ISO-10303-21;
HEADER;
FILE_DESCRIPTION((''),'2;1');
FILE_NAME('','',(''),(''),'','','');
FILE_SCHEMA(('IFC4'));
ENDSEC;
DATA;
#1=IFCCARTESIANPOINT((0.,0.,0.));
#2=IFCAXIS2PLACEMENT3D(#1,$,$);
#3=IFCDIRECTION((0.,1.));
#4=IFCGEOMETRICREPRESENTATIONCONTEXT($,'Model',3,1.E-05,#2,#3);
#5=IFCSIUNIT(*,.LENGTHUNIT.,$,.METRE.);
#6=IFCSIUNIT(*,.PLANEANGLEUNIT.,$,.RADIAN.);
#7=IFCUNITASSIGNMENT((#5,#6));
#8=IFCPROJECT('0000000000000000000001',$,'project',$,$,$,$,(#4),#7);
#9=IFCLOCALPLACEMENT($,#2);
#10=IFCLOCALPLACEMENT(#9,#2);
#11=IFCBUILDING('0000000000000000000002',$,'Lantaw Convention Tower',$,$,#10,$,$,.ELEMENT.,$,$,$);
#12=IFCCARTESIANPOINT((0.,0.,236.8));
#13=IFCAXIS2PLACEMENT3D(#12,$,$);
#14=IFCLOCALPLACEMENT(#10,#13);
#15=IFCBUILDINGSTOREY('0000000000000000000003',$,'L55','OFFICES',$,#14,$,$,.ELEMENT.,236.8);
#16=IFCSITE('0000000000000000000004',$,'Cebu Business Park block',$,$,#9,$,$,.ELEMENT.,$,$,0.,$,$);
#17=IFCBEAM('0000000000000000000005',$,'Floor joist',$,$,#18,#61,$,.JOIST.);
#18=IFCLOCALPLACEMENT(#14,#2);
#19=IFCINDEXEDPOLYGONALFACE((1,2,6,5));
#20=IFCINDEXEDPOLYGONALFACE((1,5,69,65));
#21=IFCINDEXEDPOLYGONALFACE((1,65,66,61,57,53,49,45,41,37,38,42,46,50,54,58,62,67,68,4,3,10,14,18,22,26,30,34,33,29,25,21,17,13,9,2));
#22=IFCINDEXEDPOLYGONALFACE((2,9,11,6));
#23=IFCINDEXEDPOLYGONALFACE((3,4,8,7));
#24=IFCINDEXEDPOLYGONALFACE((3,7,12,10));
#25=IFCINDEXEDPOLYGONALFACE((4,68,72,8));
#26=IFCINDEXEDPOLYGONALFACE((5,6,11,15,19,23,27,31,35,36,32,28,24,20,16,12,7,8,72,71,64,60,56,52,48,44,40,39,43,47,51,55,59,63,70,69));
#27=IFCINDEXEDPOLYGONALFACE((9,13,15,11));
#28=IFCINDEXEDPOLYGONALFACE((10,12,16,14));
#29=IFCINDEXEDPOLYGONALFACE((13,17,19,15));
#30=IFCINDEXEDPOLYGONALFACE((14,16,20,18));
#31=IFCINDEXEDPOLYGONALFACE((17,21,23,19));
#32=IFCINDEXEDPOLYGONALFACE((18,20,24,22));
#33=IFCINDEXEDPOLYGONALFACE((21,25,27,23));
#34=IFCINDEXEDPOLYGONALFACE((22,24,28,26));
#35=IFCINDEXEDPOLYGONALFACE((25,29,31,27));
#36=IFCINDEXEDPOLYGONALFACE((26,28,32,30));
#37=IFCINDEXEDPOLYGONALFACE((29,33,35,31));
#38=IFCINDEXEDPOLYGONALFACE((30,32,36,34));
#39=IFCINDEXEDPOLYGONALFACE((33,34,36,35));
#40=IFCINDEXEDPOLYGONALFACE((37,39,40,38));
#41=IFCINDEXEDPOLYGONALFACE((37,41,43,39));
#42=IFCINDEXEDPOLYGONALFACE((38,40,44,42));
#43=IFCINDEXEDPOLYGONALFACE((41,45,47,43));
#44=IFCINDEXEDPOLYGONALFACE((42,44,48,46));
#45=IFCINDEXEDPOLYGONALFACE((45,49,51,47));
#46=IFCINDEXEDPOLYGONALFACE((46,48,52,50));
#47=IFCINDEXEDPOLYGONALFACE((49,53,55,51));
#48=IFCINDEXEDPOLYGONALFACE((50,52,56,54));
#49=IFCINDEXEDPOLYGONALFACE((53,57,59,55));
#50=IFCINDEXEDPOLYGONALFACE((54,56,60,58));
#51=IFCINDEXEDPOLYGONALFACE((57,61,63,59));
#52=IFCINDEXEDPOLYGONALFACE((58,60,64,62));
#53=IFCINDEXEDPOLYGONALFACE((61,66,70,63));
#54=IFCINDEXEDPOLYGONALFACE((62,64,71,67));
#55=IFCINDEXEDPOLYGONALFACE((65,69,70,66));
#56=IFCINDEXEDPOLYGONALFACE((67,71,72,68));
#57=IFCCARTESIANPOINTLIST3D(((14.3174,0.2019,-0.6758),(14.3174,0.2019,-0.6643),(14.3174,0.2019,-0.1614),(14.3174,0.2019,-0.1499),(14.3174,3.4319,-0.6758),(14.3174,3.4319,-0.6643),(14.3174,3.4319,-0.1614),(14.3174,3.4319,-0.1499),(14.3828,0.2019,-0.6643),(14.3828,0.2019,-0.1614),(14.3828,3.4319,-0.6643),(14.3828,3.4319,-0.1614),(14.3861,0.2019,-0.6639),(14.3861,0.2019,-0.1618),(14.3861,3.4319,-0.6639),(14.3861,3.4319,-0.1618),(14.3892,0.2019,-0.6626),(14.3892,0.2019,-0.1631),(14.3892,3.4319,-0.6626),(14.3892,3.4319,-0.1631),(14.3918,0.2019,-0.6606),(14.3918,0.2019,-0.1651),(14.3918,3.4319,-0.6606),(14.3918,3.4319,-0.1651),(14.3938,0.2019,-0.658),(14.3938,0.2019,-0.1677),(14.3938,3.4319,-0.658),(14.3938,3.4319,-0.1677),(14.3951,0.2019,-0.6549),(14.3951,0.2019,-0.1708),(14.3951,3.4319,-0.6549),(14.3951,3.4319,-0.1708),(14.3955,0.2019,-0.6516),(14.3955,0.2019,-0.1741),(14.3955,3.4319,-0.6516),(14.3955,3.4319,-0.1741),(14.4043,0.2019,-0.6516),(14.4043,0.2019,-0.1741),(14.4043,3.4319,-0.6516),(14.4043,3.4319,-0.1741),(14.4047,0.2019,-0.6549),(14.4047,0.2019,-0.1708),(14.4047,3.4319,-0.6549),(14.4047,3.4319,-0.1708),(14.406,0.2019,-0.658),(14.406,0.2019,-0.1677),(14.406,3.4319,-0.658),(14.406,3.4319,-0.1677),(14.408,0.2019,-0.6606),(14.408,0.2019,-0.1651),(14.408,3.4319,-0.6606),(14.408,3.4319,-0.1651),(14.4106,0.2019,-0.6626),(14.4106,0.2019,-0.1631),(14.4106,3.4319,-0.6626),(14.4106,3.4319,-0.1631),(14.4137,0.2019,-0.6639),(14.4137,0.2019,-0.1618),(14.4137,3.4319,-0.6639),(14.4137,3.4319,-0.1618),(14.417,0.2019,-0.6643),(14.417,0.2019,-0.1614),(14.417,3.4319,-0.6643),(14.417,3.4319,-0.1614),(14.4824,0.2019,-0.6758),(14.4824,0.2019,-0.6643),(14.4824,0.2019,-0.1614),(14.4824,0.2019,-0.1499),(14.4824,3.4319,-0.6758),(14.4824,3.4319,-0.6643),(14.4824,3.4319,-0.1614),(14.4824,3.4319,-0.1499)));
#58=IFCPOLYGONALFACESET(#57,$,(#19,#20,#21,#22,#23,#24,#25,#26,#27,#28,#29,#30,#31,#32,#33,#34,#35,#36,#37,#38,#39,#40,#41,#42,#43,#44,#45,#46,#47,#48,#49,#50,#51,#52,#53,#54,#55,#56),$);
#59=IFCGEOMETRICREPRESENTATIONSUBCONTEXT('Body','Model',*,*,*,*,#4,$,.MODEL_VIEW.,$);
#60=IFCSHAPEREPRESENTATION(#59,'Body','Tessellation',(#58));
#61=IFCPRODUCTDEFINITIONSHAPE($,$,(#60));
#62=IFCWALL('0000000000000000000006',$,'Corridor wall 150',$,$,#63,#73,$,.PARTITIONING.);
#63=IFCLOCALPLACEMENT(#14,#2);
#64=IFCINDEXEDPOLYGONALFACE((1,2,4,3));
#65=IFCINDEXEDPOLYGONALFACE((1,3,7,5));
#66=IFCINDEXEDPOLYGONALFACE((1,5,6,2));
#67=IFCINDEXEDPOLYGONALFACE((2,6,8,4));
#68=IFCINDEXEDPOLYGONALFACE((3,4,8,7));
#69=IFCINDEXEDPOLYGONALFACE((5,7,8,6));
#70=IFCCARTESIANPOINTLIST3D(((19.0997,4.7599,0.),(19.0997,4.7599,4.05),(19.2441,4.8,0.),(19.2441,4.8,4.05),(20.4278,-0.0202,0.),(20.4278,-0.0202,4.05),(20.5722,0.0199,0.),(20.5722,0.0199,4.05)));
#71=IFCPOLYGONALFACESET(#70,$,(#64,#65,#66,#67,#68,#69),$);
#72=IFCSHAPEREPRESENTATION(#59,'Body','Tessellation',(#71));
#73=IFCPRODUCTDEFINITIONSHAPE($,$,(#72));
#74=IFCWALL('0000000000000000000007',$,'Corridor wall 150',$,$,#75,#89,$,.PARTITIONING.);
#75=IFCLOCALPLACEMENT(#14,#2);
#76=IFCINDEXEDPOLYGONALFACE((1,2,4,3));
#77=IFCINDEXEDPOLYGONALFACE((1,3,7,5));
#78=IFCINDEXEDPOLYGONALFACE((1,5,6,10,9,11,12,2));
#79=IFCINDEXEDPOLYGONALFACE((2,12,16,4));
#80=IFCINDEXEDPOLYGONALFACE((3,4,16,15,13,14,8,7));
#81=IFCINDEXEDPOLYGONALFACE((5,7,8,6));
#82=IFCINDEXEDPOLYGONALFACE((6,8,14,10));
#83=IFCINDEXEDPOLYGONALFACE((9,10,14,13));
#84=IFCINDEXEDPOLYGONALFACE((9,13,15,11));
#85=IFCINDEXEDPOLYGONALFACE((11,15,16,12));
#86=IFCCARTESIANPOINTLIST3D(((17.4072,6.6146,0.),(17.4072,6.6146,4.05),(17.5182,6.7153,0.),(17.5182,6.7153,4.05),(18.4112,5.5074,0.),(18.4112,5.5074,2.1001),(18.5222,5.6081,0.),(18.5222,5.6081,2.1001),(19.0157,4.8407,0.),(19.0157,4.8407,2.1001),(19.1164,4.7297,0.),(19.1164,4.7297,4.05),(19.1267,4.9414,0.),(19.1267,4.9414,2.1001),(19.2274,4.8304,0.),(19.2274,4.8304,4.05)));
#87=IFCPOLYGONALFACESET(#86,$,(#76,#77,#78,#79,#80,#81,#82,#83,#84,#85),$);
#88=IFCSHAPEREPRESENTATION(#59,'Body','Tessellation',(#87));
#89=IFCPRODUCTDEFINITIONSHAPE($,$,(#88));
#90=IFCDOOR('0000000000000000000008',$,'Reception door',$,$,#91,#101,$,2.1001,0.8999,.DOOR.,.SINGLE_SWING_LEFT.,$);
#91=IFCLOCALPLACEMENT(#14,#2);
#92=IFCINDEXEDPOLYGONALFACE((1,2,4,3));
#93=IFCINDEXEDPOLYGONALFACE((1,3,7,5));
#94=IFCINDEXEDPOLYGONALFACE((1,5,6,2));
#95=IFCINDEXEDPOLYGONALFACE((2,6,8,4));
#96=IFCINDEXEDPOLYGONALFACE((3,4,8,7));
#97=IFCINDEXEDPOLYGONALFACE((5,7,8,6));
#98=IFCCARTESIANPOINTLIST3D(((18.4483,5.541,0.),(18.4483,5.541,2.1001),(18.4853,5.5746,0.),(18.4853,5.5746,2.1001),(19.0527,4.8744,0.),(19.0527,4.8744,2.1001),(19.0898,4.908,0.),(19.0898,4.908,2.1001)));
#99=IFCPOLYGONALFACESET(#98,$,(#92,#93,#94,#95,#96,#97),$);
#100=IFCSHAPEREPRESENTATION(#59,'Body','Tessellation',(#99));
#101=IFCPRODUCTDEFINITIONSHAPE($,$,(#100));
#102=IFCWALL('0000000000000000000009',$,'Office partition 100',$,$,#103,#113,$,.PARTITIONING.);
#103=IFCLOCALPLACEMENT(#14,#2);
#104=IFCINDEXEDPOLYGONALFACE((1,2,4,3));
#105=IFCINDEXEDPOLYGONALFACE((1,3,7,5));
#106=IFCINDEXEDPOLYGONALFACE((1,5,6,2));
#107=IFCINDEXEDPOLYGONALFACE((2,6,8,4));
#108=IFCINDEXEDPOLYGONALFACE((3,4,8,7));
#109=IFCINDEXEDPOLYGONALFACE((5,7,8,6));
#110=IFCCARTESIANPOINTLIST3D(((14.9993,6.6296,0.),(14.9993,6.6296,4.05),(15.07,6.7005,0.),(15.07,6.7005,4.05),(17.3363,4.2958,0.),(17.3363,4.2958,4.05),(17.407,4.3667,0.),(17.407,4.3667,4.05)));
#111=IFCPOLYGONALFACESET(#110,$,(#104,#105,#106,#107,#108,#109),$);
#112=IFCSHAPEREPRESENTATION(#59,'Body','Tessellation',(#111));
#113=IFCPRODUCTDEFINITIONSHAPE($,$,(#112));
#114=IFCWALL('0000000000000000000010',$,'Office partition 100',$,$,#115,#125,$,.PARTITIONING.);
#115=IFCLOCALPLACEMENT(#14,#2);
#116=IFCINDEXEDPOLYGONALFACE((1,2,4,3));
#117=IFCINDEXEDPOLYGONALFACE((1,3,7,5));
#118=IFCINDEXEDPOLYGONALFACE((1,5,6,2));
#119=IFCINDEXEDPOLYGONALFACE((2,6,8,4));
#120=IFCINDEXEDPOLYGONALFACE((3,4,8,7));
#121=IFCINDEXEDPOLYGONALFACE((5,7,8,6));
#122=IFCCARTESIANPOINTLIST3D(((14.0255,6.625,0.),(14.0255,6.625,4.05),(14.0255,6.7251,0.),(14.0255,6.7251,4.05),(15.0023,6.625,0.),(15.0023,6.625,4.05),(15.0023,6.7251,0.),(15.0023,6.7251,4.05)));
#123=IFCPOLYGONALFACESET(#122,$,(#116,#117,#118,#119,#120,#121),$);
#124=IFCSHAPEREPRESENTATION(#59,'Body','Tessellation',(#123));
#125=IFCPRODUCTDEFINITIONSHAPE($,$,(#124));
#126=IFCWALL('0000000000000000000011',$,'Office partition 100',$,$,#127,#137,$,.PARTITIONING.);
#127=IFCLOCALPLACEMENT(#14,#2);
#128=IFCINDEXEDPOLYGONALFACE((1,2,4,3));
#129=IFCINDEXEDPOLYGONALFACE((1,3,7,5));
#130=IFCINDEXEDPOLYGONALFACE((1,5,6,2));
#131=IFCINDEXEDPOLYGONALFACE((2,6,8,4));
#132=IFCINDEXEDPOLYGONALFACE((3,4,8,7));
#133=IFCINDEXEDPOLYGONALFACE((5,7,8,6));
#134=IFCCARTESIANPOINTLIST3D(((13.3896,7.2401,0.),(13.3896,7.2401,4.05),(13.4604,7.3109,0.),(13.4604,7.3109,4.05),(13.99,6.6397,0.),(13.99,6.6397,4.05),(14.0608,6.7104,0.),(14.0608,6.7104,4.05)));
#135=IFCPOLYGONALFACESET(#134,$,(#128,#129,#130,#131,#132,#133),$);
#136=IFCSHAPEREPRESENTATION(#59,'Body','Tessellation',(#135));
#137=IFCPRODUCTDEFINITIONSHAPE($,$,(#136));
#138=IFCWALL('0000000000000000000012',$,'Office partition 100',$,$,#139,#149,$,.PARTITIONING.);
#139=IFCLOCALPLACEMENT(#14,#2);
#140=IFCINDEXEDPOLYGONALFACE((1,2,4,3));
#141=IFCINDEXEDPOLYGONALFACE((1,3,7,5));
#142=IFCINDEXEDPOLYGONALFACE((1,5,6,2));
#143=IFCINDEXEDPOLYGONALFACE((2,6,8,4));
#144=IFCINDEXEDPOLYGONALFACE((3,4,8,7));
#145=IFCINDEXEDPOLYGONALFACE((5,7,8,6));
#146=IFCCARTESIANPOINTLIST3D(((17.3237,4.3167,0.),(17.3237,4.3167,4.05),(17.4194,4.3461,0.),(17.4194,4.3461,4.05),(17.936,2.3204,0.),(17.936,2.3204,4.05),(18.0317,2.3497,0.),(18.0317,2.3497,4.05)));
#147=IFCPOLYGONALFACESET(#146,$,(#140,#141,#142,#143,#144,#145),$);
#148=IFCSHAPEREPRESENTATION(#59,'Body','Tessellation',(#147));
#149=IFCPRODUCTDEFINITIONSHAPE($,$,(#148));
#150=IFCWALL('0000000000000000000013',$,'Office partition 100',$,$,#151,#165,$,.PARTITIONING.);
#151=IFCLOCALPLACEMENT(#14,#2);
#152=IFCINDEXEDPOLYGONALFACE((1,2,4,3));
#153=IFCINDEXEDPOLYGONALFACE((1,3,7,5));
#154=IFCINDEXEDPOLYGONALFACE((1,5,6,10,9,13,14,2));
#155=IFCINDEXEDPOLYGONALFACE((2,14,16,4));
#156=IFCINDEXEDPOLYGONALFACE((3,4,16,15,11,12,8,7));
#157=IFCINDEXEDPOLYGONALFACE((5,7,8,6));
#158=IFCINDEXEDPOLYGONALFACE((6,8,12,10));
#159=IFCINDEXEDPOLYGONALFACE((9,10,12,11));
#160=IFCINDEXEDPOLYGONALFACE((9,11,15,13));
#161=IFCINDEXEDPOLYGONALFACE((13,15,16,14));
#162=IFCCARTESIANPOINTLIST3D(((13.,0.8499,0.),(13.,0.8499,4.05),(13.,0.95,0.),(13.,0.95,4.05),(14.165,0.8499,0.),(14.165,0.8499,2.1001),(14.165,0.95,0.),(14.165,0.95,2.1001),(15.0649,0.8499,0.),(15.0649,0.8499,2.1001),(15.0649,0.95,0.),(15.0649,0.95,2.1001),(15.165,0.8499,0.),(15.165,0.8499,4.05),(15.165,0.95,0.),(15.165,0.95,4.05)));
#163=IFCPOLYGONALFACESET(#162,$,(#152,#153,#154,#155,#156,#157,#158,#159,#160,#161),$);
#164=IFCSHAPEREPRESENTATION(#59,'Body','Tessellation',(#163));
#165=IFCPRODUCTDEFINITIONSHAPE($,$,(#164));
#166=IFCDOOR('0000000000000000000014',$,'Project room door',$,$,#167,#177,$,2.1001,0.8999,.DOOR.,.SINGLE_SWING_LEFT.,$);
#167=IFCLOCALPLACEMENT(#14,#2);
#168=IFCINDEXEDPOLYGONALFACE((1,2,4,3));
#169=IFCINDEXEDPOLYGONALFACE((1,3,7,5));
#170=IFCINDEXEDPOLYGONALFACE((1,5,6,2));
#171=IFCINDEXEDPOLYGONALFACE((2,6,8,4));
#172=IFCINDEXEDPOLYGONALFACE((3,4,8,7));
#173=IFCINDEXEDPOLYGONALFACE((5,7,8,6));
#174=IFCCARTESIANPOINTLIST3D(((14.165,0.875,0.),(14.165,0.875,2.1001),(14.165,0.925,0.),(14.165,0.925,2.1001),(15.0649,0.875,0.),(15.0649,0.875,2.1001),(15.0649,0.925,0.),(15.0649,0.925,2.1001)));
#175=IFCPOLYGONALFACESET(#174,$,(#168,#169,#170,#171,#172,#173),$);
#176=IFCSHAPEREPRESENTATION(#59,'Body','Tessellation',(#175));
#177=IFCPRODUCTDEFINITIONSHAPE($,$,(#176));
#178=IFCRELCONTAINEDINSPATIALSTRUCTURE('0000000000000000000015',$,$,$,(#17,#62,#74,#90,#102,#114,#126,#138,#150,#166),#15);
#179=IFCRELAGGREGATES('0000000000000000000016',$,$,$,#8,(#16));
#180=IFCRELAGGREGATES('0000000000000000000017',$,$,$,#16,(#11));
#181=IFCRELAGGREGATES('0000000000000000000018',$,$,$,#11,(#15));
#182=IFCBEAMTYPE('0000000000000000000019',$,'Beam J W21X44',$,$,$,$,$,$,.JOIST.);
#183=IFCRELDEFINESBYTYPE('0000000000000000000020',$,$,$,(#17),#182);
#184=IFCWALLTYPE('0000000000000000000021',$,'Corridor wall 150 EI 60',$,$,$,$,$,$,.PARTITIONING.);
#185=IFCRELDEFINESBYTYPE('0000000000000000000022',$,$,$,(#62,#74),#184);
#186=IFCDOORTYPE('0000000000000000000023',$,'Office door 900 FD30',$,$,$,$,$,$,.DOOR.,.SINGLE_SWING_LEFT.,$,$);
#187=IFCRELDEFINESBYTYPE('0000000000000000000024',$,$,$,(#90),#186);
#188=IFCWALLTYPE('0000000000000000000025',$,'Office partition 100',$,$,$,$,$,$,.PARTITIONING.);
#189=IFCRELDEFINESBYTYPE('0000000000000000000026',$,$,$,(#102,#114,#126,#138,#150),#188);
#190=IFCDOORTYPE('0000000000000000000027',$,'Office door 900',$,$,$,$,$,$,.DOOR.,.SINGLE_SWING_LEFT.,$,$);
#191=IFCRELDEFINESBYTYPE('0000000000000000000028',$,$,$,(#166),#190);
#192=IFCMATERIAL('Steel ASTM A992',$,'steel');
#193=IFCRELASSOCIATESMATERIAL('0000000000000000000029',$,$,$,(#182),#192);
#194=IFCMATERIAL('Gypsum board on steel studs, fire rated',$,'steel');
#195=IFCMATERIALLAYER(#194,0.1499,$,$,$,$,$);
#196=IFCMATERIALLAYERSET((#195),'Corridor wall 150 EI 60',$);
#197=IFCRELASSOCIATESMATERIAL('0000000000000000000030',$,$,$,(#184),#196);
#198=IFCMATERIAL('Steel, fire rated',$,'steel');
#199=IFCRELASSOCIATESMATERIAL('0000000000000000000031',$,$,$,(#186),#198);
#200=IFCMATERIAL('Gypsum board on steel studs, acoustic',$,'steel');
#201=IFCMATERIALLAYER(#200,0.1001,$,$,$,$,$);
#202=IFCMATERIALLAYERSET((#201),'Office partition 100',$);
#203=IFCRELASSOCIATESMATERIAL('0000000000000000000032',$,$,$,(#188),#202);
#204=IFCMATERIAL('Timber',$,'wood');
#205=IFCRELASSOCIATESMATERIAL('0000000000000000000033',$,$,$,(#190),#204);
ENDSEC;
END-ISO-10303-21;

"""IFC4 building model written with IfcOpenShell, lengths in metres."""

from ifc_helpers import new_model, si_unit, direction, frame, frame_2d, origin, origin_2d, place, context, subcontext, project, spatial, rectangle, i_section, extrude, material, layer, layer_set, material_profile, profile_set, type_object, element, fill, save


model = new_model("IFC4")

# Units and contexts
model_context = context("Model", 3, precision=1e-05, world=origin(), true_north=direction((0.0, 1.0)))
body_context = subcontext(model_context, "Body", "Model", "MODEL_VIEW")
ifc_project = project(units=[si_unit("LENGTHUNIT", "METRE"), si_unit("PLANEANGLEUNIT", "RADIAN")], contexts=[model_context])

# Site, building, storey
site_placement = place(None, origin())
site = spatial("IfcSite", under=ifc_project, at=site_placement, Name="Cebu Business Park block", CompositionType="ELEMENT", RefElevation=0.0)
building_placement = place(site_placement, origin())
building = spatial("IfcBuilding", under=site, at=building_placement, Name="Lantaw Convention Tower", CompositionType="ELEMENT")
storey_placement = place(building_placement, frame((0.0, 0.0, 236.8)))
storey = spatial("IfcBuildingStorey", under=building, at=storey_placement, Name="L55", Description="OFFICES", CompositionType="ELEMENT", Elevation=236.8)

# Beam
ifc_material_1 = material(Name="Steel ASTM A992", Category="steel")
ifc_material_profile_1 = material_profile(ifc_material_1, i_section(OverallWidth=0.165, OverallDepth=0.5259, WebThickness=0.0088, FlangeThickness=0.0115, FilletRadius=0.0127, at=origin_2d()), Name="W21X44")
ifc_profile_set_1 = profile_set([ifc_material_profile_1], Name="Steel ASTM A992")
beam_type_1 = type_object("IfcBeamType", Name="Beam J W21X44", PredefinedType="JOIST", material=ifc_profile_set_1)
beam_1_placement = place(storey_placement, frame((14.3999, 0.2019, -0.4128), z_axis=(0.0, 1.0, 0.0), x_axis=(-1.0, 0.0, 0.0)))
element("IfcBeam", 1, at=beam_1_placement, inside=storey, type_object=beam_type_1, Name="Floor joist", PredefinedType="JOIST", context=body_context, shape_type="SweptSolid", body=[
    extrude(i_section(OverallWidth=0.165, OverallDepth=0.5259, WebThickness=0.0088, FlangeThickness=0.0115, FilletRadius=0.0127, at=origin_2d()), origin(), (0.0, 0.0, 1.0), 3.23),
])

# Wall
ifc_material_2 = material(Name="Gypsum board on steel studs, fire rated", Category="steel")
ifc_layer_1 = layer(ifc_material_2, 0.1499)
ifc_layer_set_1 = layer_set([ifc_layer_1], Name="Corridor wall 150 EI 60")
wall_type_1 = type_object("IfcWallType", Name="Corridor wall 150 EI 60", PredefinedType="PARTITIONING", material=ifc_layer_set_1)
wall_1_placement = place(storey_placement, frame((20.5, 0.0, 0.0), z_axis=(0.0, 0.0, 1.0), x_axis=(-0.267707, 0.9635, 0.0)))
element("IfcWall", 2, at=wall_1_placement, inside=storey, type_object=wall_type_1, Name="Corridor wall 150", PredefinedType="PARTITIONING", context=body_context, shape_type="SweptSolid", body=[
    extrude(rectangle(XDim=4.9612, YDim=0.1499, at=frame_2d((2.4805, 0.0))), origin(), (0.0, 0.0, 1.0), 4.05),
])

# Wall, opening, door
wall_2_placement = place(storey_placement, frame((19.1719, 4.78, 0.0), z_axis=(0.0, 0.0, 1.0), x_axis=(-0.671722, 0.740803, 0.0)))
wall_2 = element("IfcWall", 3, at=wall_2_placement, inside=storey, type_object=wall_type_1, Name="Corridor wall 150", PredefinedType="PARTITIONING", context=body_context, shape_type="SweptSolid", body=[
    extrude(rectangle(XDim=2.5444, YDim=0.1499, at=frame_2d((1.2722, 0.0))), origin(), (0.0, 0.0, 1.0), 4.05),
])
opening_1_placement = place(wall_2_placement, frame((0.1499, 0.0, 0.0)))
opening_1 = element("IfcOpeningElement", 4, at=opening_1_placement, cuts=wall_2, PredefinedType="OPENING", context=body_context, shape_type="SweptSolid", body=[
    extrude(rectangle(XDim=0.8999, YDim=2.1001, at=frame_2d((0.45, 1.05))), frame((0.0, 0.085, 0.0), z_axis=(0.0, -1.0, 0.0), x_axis=(1.0, 0.0, 0.0)), (0.0, 0.0, 1.0), 0.1699),
])
ifc_material_3 = material(Name="Steel, fire rated", Category="steel")
door_type_1 = type_object("IfcDoorType", Name="Office door 900 FD30", OperationType="SINGLE_SWING_LEFT", PredefinedType="DOOR", material=ifc_material_3)
door_1_placement = place(opening_1_placement, origin())
door_1 = element("IfcDoor", 5, at=door_1_placement, inside=storey, type_object=door_type_1, Name="Reception door", OperationType="SINGLE_SWING_LEFT", OverallHeight=2.1001, OverallWidth=0.8999, PredefinedType="DOOR", context=body_context, shape_type="SweptSolid", body=[
    extrude(rectangle(XDim=0.8999, YDim=2.1001, at=frame_2d((0.45, 1.05))), frame((0.0, 0.0249, 0.0), z_axis=(0.0, -1.0, 0.0), x_axis=(1.0, 0.0, 0.0)), (0.0, 0.0, 1.0), 0.05),
])
fill(opening_1, door_1)

# Walls
ifc_material_4 = material(Name="Gypsum board on steel studs, acoustic", Category="steel")
ifc_layer_2 = layer(ifc_material_4, 0.1001)
ifc_layer_set_2 = layer_set([ifc_layer_2], Name="Office partition 100")
wall_type_2 = type_object("IfcWallType", Name="Office partition 100", PredefinedType="PARTITIONING", material=ifc_layer_set_2)
wall_3_placement = place(storey_placement, frame((15.0347, 6.665, 0.0), z_axis=(0.0, 0.0, 1.0), x_axis=(0.707587, -0.706626, 0.0)))
element("IfcWall", 6, at=wall_3_placement, inside=storey, type_object=wall_type_2, Name="Office partition 100", PredefinedType="PARTITIONING", context=body_context, shape_type="SweptSolid", body=[
    extrude(rectangle(XDim=3.3027, YDim=0.1001, at=frame_2d((1.6514, 0.0))), origin(), (0.0, 0.0, 1.0), 4.05),
])
wall_4_placement = place(storey_placement, frame((15.0022, 6.675, 0.0), z_axis=(0.0, 0.0, 1.0), x_axis=(-1.0, 0.0, 0.0)))
element("IfcWall", 7, at=wall_4_placement, inside=storey, type_object=wall_type_2, Name="Office partition 100", PredefinedType="PARTITIONING", context=body_context, shape_type="SweptSolid", body=[
    extrude(rectangle(XDim=0.9768, YDim=0.1001, at=frame_2d((0.4883, 0.0))), origin(), (0.0, 0.0, 1.0), 4.05),
])
wall_5_placement = place(storey_placement, frame((14.0254, 6.675, 0.0), z_axis=(0.0, 0.0, 1.0), x_axis=(-0.707107, 0.707107, 0.0)))
element("IfcWall", 8, at=wall_5_placement, inside=storey, type_object=wall_type_2, Name="Office partition 100", PredefinedType="PARTITIONING", context=body_context, shape_type="SweptSolid", body=[
    extrude(rectangle(XDim=0.8491, YDim=0.1001, at=frame_2d((0.4246, 0.0))), origin(), (0.0, 0.0, 1.0), 4.05),
])
wall_6_placement = place(storey_placement, frame((17.3716, 4.3313, 0.0), z_axis=(0.0, 0.0, 1.0), x_axis=(0.293231, -0.956042, 0.0)))
element("IfcWall", 9, at=wall_6_placement, inside=storey, type_object=wall_type_2, Name="Office partition 100", PredefinedType="PARTITIONING", context=body_context, shape_type="SweptSolid", body=[
    extrude(rectangle(XDim=2.0881, YDim=0.1001, at=frame_2d((1.0439, 0.0))), origin(), (0.0, 0.0, 1.0), 4.05),
])

# Wall, opening, door
wall_7_placement = place(storey_placement, frame((15.165, 0.8999, 0.0), z_axis=(0.0, 0.0, 1.0), x_axis=(-1.0, 0.0, 0.0)))
wall_7 = element("IfcWall", 10, at=wall_7_placement, inside=storey, type_object=wall_type_2, Name="Office partition 100", PredefinedType="PARTITIONING", context=body_context, shape_type="SweptSolid", body=[
    extrude(rectangle(XDim=2.165, YDim=0.1001, at=frame_2d((1.0825, 0.0))), origin(), (0.0, 0.0, 1.0), 4.05),
])
opening_2_placement = place(wall_7_placement, frame((0.1001, 0.0, 0.0)))
opening_2 = element("IfcOpeningElement", 11, at=opening_2_placement, cuts=wall_7, PredefinedType="OPENING", context=body_context, shape_type="SweptSolid", body=[
    extrude(rectangle(XDim=0.8999, YDim=2.1001, at=frame_2d((0.45, 1.05))), frame((0.0, 0.0601, 0.0), z_axis=(0.0, -1.0, 0.0), x_axis=(1.0, 0.0, 0.0)), (0.0, 0.0, 1.0), 0.1201),
])
ifc_material_5 = material(Name="Timber", Category="wood")
door_type_2 = type_object("IfcDoorType", Name="Office door 900", OperationType="SINGLE_SWING_LEFT", PredefinedType="DOOR", material=ifc_material_5)
door_2_placement = place(opening_2_placement, origin())
door_2 = element("IfcDoor", 12, at=door_2_placement, inside=storey, type_object=door_type_2, Name="Project room door", OperationType="SINGLE_SWING_LEFT", OverallHeight=2.1001, OverallWidth=0.8999, PredefinedType="DOOR", context=body_context, shape_type="SweptSolid", body=[
    extrude(rectangle(XDim=0.8999, YDim=2.1001, at=frame_2d((0.45, 1.05))), frame((0.0, 0.0249, 0.0), z_axis=(0.0, -1.0, 0.0), x_axis=(1.0, 0.0, 0.0)), (0.0, 0.0, 1.0), 0.05),
])
fill(opening_2, door_2)

save(model, "model.ifc")
